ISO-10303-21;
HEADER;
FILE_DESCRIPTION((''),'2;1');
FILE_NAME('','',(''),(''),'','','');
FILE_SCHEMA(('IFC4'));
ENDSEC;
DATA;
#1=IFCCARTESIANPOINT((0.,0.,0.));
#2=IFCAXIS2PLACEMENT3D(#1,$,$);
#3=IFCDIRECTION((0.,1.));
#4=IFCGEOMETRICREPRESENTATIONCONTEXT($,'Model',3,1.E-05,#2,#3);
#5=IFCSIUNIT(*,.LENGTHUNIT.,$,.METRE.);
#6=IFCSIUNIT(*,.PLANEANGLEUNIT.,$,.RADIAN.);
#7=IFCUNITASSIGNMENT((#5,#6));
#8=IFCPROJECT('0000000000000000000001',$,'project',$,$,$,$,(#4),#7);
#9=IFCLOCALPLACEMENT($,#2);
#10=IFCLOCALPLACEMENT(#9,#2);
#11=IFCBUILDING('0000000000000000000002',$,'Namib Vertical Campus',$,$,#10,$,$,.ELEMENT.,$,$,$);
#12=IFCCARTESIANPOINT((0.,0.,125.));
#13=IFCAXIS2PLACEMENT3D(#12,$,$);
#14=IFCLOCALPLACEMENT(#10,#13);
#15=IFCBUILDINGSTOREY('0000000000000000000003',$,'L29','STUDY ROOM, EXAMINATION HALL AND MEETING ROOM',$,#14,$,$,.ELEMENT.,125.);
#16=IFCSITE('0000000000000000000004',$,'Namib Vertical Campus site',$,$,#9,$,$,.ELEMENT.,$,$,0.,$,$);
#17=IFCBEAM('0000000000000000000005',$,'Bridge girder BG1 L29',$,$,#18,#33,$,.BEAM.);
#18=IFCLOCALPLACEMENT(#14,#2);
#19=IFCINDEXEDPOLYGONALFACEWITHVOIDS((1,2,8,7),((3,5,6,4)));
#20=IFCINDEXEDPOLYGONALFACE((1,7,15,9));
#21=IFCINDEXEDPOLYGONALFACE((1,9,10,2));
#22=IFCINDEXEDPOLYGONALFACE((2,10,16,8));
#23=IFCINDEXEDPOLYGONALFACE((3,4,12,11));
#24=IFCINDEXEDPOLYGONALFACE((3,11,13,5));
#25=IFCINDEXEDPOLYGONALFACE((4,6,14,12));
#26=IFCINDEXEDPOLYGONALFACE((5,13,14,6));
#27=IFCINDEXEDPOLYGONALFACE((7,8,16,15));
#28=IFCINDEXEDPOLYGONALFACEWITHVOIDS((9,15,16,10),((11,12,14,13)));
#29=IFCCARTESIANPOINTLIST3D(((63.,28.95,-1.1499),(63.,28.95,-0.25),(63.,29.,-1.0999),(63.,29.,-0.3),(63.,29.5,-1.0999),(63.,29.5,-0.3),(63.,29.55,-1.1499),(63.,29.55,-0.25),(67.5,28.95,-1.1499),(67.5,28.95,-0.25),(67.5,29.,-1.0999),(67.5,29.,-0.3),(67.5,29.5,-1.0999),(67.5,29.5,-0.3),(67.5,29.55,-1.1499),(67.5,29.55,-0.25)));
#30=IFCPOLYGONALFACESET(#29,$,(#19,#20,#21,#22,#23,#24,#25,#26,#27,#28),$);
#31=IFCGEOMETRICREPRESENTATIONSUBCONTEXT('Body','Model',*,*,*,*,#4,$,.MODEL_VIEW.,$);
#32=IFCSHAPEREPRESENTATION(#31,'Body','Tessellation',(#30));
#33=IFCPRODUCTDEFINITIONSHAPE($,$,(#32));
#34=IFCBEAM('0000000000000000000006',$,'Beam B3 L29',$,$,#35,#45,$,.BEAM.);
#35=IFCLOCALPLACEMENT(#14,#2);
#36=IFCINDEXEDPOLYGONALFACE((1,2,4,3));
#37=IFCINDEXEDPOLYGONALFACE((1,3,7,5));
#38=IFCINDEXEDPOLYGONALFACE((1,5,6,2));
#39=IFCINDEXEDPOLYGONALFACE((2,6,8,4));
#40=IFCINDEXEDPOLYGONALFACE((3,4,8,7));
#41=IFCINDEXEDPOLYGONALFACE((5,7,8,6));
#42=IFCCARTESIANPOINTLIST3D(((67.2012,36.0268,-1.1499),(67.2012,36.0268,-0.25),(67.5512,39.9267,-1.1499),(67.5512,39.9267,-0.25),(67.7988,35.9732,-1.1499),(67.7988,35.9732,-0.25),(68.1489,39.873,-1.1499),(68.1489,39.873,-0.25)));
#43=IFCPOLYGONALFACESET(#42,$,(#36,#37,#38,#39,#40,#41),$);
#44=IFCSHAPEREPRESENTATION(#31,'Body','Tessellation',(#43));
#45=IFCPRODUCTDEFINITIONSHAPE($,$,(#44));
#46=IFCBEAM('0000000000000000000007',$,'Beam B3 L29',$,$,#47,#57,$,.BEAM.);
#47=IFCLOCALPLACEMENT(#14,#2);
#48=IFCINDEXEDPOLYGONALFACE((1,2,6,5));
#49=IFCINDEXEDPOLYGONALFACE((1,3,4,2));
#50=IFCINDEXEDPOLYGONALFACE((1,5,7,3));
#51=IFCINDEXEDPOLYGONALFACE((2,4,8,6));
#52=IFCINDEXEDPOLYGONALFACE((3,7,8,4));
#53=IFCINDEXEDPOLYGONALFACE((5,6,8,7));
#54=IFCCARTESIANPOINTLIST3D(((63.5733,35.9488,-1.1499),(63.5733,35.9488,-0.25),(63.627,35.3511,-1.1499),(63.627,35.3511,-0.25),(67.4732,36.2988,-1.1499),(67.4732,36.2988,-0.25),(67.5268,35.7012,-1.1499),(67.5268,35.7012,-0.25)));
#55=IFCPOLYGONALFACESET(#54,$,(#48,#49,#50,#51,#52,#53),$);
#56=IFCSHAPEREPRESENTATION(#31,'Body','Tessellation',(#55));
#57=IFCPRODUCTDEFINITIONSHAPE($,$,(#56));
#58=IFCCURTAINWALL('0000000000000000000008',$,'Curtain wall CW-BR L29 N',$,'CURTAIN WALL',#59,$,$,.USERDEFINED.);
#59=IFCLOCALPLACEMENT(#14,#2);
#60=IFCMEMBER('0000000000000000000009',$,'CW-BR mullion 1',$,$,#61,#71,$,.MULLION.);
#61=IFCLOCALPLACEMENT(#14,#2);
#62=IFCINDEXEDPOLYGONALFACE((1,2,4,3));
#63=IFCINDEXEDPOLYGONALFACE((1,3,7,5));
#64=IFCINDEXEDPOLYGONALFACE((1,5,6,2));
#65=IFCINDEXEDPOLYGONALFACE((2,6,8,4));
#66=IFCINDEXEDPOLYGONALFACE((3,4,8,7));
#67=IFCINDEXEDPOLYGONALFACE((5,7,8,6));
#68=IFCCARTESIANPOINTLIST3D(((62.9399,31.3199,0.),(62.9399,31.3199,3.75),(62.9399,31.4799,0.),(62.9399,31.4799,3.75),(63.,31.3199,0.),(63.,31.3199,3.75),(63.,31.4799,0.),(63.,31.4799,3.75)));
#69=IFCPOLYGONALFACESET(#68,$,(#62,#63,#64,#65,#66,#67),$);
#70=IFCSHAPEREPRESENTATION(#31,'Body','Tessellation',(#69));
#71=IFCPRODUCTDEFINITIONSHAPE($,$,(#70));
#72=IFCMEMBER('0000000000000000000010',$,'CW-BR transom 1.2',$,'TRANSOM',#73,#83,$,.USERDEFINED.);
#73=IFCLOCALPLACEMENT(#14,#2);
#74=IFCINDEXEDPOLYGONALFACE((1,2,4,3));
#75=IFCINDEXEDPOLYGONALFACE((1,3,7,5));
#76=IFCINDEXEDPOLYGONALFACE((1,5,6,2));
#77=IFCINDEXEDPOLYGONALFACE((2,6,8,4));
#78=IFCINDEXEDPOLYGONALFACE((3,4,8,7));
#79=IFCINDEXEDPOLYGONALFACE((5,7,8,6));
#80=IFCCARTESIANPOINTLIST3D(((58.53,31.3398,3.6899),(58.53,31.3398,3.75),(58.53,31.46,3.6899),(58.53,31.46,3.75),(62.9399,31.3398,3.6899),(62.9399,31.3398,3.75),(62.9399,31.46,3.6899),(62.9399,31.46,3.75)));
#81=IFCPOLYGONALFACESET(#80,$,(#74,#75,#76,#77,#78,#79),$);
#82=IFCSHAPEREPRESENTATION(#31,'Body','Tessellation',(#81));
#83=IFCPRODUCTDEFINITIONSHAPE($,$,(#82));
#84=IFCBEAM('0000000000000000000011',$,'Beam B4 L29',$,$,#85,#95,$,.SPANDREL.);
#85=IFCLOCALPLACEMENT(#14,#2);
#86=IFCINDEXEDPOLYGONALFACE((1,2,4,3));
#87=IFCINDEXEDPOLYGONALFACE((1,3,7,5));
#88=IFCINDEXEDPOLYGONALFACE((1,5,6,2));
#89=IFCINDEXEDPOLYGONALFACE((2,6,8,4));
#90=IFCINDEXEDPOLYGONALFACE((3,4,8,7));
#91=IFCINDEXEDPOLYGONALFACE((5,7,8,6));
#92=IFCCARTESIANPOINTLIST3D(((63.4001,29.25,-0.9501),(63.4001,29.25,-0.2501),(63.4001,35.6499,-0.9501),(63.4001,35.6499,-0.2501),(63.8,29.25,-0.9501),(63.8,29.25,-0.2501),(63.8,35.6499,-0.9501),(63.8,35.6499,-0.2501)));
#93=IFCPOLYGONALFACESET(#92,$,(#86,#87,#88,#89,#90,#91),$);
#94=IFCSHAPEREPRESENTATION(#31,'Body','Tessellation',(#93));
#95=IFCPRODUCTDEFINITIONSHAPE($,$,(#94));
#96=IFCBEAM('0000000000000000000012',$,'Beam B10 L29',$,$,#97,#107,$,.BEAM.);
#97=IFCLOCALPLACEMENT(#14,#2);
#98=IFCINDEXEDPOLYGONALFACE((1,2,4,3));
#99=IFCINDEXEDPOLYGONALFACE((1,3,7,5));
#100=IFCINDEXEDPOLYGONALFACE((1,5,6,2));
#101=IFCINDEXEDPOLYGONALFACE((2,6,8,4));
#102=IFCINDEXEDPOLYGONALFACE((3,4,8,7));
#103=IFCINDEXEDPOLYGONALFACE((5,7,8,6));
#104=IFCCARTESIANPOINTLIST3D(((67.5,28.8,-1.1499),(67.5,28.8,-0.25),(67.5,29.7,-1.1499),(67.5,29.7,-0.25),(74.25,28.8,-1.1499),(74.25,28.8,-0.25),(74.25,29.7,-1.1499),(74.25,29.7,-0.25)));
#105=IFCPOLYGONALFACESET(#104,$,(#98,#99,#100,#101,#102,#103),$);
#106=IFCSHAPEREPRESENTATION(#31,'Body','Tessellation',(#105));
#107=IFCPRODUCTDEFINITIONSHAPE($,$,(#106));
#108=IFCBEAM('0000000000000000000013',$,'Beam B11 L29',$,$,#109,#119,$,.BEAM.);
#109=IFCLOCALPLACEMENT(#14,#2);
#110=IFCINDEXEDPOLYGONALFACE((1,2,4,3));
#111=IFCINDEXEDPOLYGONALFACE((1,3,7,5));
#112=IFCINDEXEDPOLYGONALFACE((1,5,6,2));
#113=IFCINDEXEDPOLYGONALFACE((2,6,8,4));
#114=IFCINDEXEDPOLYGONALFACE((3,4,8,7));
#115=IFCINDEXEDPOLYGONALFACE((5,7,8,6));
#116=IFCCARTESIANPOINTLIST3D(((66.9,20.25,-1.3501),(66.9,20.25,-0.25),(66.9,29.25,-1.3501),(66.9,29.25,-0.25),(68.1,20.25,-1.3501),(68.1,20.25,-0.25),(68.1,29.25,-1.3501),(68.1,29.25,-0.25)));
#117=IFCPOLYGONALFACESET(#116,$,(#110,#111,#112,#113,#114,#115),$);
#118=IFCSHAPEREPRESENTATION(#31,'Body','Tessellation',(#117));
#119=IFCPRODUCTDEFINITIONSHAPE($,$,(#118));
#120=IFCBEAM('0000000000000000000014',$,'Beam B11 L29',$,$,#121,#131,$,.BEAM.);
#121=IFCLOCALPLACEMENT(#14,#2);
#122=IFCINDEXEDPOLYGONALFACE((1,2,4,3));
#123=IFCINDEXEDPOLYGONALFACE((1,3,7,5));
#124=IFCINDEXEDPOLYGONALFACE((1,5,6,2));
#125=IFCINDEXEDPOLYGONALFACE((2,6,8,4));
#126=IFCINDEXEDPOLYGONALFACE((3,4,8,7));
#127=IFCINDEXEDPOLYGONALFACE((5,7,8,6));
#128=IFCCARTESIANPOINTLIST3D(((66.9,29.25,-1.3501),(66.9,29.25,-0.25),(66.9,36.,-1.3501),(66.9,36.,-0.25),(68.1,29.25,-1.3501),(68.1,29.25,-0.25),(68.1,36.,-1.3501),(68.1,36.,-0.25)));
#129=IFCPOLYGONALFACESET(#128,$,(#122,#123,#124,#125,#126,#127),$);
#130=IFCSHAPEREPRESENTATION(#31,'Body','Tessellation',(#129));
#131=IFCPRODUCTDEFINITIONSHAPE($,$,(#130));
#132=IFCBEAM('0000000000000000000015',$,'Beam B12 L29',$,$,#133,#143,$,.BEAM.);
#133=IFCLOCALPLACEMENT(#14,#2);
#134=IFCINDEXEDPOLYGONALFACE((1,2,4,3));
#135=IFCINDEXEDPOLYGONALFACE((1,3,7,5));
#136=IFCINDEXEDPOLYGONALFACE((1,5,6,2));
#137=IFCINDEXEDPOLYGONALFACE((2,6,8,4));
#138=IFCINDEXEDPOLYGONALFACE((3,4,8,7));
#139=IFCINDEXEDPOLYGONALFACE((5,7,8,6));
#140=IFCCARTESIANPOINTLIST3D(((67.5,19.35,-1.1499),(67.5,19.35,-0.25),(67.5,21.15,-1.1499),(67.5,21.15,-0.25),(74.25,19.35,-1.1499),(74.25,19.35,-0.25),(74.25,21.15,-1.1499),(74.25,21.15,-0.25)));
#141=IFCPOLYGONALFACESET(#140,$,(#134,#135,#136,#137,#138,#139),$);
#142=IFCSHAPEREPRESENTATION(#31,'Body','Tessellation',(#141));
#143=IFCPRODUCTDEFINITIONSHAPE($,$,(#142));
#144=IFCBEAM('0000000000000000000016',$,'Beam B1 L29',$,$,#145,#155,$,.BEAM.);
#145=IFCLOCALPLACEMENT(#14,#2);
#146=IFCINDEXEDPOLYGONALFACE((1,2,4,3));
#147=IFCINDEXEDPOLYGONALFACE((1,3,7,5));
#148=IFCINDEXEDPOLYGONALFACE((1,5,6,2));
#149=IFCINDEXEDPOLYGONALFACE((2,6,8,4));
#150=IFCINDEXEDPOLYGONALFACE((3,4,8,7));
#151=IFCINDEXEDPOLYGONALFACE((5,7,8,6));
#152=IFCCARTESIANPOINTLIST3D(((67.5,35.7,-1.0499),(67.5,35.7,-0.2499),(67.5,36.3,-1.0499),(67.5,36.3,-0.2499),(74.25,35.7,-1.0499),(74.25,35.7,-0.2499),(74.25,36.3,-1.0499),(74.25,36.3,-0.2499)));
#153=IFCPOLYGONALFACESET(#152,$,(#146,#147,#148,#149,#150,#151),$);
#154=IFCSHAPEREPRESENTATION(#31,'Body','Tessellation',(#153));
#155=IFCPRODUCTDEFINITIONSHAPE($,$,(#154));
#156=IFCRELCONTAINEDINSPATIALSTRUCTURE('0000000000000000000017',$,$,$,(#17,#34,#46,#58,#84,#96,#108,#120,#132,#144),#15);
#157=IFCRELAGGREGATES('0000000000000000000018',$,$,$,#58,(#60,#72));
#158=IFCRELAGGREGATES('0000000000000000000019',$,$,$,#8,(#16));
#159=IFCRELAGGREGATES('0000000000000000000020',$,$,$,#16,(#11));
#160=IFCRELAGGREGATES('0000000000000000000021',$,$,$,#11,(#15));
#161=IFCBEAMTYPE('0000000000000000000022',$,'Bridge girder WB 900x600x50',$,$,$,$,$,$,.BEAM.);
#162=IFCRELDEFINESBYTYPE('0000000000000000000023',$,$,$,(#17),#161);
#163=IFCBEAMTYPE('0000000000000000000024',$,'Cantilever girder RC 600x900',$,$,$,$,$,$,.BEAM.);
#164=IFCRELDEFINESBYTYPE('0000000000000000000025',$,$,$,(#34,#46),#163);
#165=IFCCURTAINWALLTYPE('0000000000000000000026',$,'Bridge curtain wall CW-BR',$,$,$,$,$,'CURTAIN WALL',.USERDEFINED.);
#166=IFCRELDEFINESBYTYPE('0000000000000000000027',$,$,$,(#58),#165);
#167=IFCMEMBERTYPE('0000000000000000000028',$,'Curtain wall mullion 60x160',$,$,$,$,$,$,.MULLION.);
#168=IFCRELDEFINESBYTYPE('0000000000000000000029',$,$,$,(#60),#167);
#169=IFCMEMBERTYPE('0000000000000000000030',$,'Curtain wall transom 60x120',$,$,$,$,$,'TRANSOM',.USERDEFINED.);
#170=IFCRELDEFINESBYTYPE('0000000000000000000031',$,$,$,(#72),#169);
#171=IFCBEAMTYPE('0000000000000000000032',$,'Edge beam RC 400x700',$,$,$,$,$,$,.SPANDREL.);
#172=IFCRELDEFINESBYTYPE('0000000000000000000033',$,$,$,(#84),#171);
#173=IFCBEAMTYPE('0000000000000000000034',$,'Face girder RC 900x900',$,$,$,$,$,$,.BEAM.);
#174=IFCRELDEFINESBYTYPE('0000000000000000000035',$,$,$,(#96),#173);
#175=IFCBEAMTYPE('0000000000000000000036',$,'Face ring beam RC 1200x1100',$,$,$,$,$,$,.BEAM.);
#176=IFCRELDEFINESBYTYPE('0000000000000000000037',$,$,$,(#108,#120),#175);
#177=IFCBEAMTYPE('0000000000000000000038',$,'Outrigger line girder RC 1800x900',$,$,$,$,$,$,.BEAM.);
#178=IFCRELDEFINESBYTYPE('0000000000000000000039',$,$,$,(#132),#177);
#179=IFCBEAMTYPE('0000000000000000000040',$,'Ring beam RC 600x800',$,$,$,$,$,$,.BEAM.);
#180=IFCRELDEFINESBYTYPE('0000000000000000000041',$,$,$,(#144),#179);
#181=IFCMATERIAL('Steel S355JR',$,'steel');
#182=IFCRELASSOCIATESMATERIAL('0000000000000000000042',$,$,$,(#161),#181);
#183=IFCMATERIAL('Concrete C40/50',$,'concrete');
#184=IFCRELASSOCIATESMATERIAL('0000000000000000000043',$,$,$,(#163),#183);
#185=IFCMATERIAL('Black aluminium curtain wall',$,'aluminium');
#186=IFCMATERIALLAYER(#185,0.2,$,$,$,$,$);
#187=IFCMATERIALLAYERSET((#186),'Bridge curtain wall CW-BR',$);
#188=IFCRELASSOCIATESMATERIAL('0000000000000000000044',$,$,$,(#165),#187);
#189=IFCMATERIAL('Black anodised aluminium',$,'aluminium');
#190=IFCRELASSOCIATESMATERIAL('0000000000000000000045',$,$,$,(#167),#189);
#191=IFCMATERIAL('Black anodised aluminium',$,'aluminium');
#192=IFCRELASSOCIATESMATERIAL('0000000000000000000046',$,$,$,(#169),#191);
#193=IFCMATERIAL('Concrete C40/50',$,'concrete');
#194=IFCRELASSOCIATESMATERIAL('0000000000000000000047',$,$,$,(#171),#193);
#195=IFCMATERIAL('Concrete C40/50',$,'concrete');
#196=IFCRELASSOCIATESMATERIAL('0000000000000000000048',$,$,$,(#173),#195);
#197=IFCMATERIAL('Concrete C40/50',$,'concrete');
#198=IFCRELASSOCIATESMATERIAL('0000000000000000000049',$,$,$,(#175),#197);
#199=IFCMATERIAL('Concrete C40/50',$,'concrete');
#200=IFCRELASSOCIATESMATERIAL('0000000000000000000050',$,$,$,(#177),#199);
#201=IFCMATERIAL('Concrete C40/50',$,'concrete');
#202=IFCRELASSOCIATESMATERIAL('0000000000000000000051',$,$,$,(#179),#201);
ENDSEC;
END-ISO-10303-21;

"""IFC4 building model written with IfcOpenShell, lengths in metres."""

from ifc_helpers import new_model, si_unit, direction, frame, origin, origin_2d, place, context, subcontext, project, spatial, rectangle, hollow_rectangle, extrude, material, layer, layer_set, material_profile, profile_set, type_object, element, aggregate, save


model = new_model("IFC4")

# Units and contexts
model_context = context("Model", 3, precision=1e-05, world=origin(), true_north=direction((0.0, 1.0)))
body_context = subcontext(model_context, "Body", "Model", "MODEL_VIEW")
ifc_project = project(units=[si_unit("LENGTHUNIT", "METRE"), si_unit("PLANEANGLEUNIT", "RADIAN")], contexts=[model_context])

# Site, building, storey
site_placement = place(None, origin())
site = spatial("IfcSite", under=ifc_project, at=site_placement, Name="Namib Vertical Campus site", CompositionType="ELEMENT", RefElevation=0.0)
building_placement = place(site_placement, origin())
building = spatial("IfcBuilding", under=site, at=building_placement, Name="Namib Vertical Campus", CompositionType="ELEMENT")
storey_placement = place(building_placement, frame((0.0, 0.0, 125.0)))
storey = spatial("IfcBuildingStorey", under=building, at=storey_placement, Name="L29", Description="STUDY ROOM, EXAMINATION HALL AND MEETING ROOM", CompositionType="ELEMENT", Elevation=125.0)

# Beams
ifc_material_1 = material(Name="Steel S355JR", Category="steel")
ifc_material_profile_1 = material_profile(ifc_material_1, hollow_rectangle(XDim=0.6001, YDim=0.8999, WallThickness=0.05, at=origin_2d()))
ifc_profile_set_1 = profile_set([ifc_material_profile_1], Name="Steel S355JR")
beam_type_1 = type_object("IfcBeamType", Name="Bridge girder WB 900x600x50", PredefinedType="BEAM", material=ifc_profile_set_1)
for number, where, z_axis, x_axis, name in (
    (1, (63.0, 29.25, -0.7), (1.0, 0.0, 0.0), (0.0, 1.0, 0.0), "Bridge girder BG1 L29"),
):
    element("IfcBeam", number, at=place(storey_placement, frame(where, z_axis=z_axis, x_axis=x_axis)), inside=storey, type_object=beam_type_1, Name=name, PredefinedType="BEAM", context=body_context, shape_type="SweptSolid", body=[
        extrude(hollow_rectangle(XDim=0.6001, YDim=0.8999, WallThickness=0.05, at=origin_2d()), origin(), (0.0, 0.0, 1.0), 4.5),
    ])
ifc_material_2 = material(Name="Concrete C40/50", Category="concrete")
ifc_material_profile_2 = material_profile(ifc_material_2, rectangle(XDim=0.6001, YDim=0.8999, at=origin_2d()))
ifc_profile_set_2 = profile_set([ifc_material_profile_2], Name="Concrete C40/50")
beam_type_2 = type_object("IfcBeamType", Name="Cantilever girder RC 600x900", PredefinedType="BEAM", material=ifc_profile_set_2)
for number, where, z_axis, x_axis, name in (
    (2, (67.5, 36.0, -0.7), (0.089411, 0.995995, 0.0), (-0.995995, 0.089411, 0.0), "Beam B3 L29"),
    (3, (67.5, 36.0, -0.7), (-0.995995, -0.089411, 0.0), (0.089411, -0.995995, 0.0), "Beam B3 L29"),
):
    element("IfcBeam", number, at=place(storey_placement, frame(where, z_axis=z_axis, x_axis=x_axis)), inside=storey, type_object=beam_type_2, Name=name, PredefinedType="BEAM", context=body_context, shape_type="SweptSolid", body=[
        extrude(rectangle(XDim=0.6001, YDim=0.8999, at=origin_2d()), origin(), (0.0, 0.0, 1.0), 3.9155),
    ])

# Curtain wall, members
ifc_material_3 = material(Name="Black aluminium curtain wall", Category="aluminium")
ifc_layer_1 = layer(ifc_material_3, 0.2)
ifc_layer_set_1 = layer_set([ifc_layer_1], Name="Bridge curtain wall CW-BR")
curtain_wall_type = type_object("IfcCurtainWallType", Name="Bridge curtain wall CW-BR", ElementType="CURTAIN WALL", PredefinedType="USERDEFINED", material=ifc_layer_set_1)
curtain_wall_placement = place(storey_placement, origin())
curtain_wall = element("IfcCurtainWall", 4, at=curtain_wall_placement, inside=storey, type_object=curtain_wall_type, Name="Curtain wall CW-BR L29 N", ObjectType="CURTAIN WALL", PredefinedType="USERDEFINED")
ifc_material_4 = material(Name="Black anodised aluminium", Category="aluminium")
ifc_material_profile_3 = material_profile(ifc_material_4, rectangle(XDim=0.0601, YDim=0.1599, at=origin_2d()))
ifc_profile_set_3 = profile_set([ifc_material_profile_3], Name="Black anodised aluminium")
member_type_1 = type_object("IfcMemberType", Name="Curtain wall mullion 60x160", PredefinedType="MULLION", material=ifc_profile_set_3)
member_1_placement = place(storey_placement, frame((62.97, 31.3999, 0.0), z_axis=(0.0, 0.0, 1.0), x_axis=(-1.0, 0.0, 0.0)))
member_1 = element("IfcMember", 5, at=member_1_placement, type_object=member_type_1, Name="CW-BR mullion 1", PredefinedType="MULLION", context=body_context, shape_type="SweptSolid", body=[
    extrude(rectangle(XDim=0.0601, YDim=0.1599, at=origin_2d()), origin(), (0.0, 0.0, 1.0), 3.75),
])
ifc_material_5 = material(Name="Black anodised aluminium", Category="aluminium")
ifc_material_profile_4 = material_profile(ifc_material_5, rectangle(XDim=0.0601, YDim=0.1201, at=origin_2d()))
ifc_profile_set_4 = profile_set([ifc_material_profile_4], Name="Black anodised aluminium")
member_type_2 = type_object("IfcMemberType", Name="Curtain wall transom 60x120", ElementType="TRANSOM", PredefinedType="USERDEFINED", material=ifc_profile_set_4)
member_2_placement = place(storey_placement, frame((62.9399, 31.3999, 3.72), z_axis=(-1.0, 0.0, 0.0), x_axis=(0.0, 0.0, 1.0)))
member_2 = element("IfcMember", 6, at=member_2_placement, type_object=member_type_2, Name="CW-BR transom 1.2", ObjectType="TRANSOM", PredefinedType="USERDEFINED", context=body_context, shape_type="SweptSolid", body=[
    extrude(rectangle(XDim=0.0601, YDim=0.1201, at=origin_2d()), origin(), (0.0, 0.0, 1.0), 4.4099),
])
aggregate(curtain_wall, [member_1, member_2])

# Beams
ifc_material_6 = material(Name="Concrete C40/50", Category="concrete")
ifc_material_profile_5 = material_profile(ifc_material_6, rectangle(XDim=0.3999, YDim=0.7, at=origin_2d()))
ifc_profile_set_5 = profile_set([ifc_material_profile_5], Name="Concrete C40/50")
beam_type_3 = type_object("IfcBeamType", Name="Edge beam RC 400x700", PredefinedType="SPANDREL", material=ifc_profile_set_5)
beam_1_placement = place(storey_placement, frame((63.6001, 29.25, -0.6001), z_axis=(0.0, 1.0, 0.0), x_axis=(-1.0, 0.0, 0.0)))
element("IfcBeam", 7, at=beam_1_placement, inside=storey, type_object=beam_type_3, Name="Beam B4 L29", PredefinedType="SPANDREL", context=body_context, shape_type="SweptSolid", body=[
    extrude(rectangle(XDim=0.3999, YDim=0.7, at=origin_2d()), origin(), (0.0, 0.0, 1.0), 6.3999),
])
ifc_material_7 = material(Name="Concrete C40/50", Category="concrete")
ifc_material_profile_6 = material_profile(ifc_material_7, rectangle(XDim=0.8999, YDim=0.8999, at=origin_2d()))
ifc_profile_set_6 = profile_set([ifc_material_profile_6], Name="Concrete C40/50")
beam_type_4 = type_object("IfcBeamType", Name="Face girder RC 900x900", PredefinedType="BEAM", material=ifc_profile_set_6)
beam_2_placement = place(storey_placement, frame((67.5, 29.25, -0.7), z_axis=(1.0, 0.0, 0.0), x_axis=(0.0, 1.0, 0.0)))
element("IfcBeam", 8, at=beam_2_placement, inside=storey, type_object=beam_type_4, Name="Beam B10 L29", PredefinedType="BEAM", context=body_context, shape_type="SweptSolid", body=[
    extrude(rectangle(XDim=0.8999, YDim=0.8999, at=origin_2d()), origin(), (0.0, 0.0, 1.0), 6.75),
])
ifc_material_8 = material(Name="Concrete C40/50", Category="concrete")
ifc_material_profile_7 = material_profile(ifc_material_8, rectangle(XDim=1.2, YDim=1.1001, at=origin_2d()))
ifc_profile_set_7 = profile_set([ifc_material_profile_7], Name="Concrete C40/50")
beam_type_5 = type_object("IfcBeamType", Name="Face ring beam RC 1200x1100", PredefinedType="BEAM", material=ifc_profile_set_7)
beam_3_placement = place(storey_placement, frame((67.5, 20.25, -0.8), z_axis=(0.0, 1.0, 0.0), x_axis=(-1.0, 0.0, 0.0)))
element("IfcBeam", 9, at=beam_3_placement, inside=storey, type_object=beam_type_5, Name="Beam B11 L29", PredefinedType="BEAM", context=body_context, shape_type="SweptSolid", body=[
    extrude(rectangle(XDim=1.2, YDim=1.1001, at=origin_2d()), origin(), (0.0, 0.0, 1.0), 9.0),
])
beam_4_placement = place(storey_placement, frame((67.5, 29.25, -0.8), z_axis=(0.0, 1.0, 0.0), x_axis=(-1.0, 0.0, 0.0)))
element("IfcBeam", 10, at=beam_4_placement, inside=storey, type_object=beam_type_5, Name="Beam B11 L29", PredefinedType="BEAM", context=body_context, shape_type="SweptSolid", body=[
    extrude(rectangle(XDim=1.2, YDim=1.1001, at=origin_2d()), origin(), (0.0, 0.0, 1.0), 6.75),
])
ifc_material_9 = material(Name="Concrete C40/50", Category="concrete")
ifc_material_profile_8 = material_profile(ifc_material_9, rectangle(XDim=1.8, YDim=0.8999, at=origin_2d()))
ifc_profile_set_8 = profile_set([ifc_material_profile_8], Name="Concrete C40/50")
beam_type_6 = type_object("IfcBeamType", Name="Outrigger line girder RC 1800x900", PredefinedType="BEAM", material=ifc_profile_set_8)
beam_5_placement = place(storey_placement, frame((67.5, 20.25, -0.7), z_axis=(1.0, 0.0, 0.0), x_axis=(0.0, 1.0, 0.0)))
element("IfcBeam", 11, at=beam_5_placement, inside=storey, type_object=beam_type_6, Name="Beam B12 L29", PredefinedType="BEAM", context=body_context, shape_type="SweptSolid", body=[
    extrude(rectangle(XDim=1.8, YDim=0.8999, at=origin_2d()), origin(), (0.0, 0.0, 1.0), 6.75),
])
ifc_material_10 = material(Name="Concrete C40/50", Category="concrete")
ifc_material_profile_9 = material_profile(ifc_material_10, rectangle(XDim=0.6001, YDim=0.8, at=origin_2d()))
ifc_profile_set_9 = profile_set([ifc_material_profile_9], Name="Concrete C40/50")
beam_type_7 = type_object("IfcBeamType", Name="Ring beam RC 600x800", PredefinedType="BEAM", material=ifc_profile_set_9)
beam_6_placement = place(storey_placement, frame((67.5, 36.0, -0.6499), z_axis=(1.0, 0.0, 0.0), x_axis=(0.0, 1.0, 0.0)))
element("IfcBeam", 12, at=beam_6_placement, inside=storey, type_object=beam_type_7, Name="Beam B1 L29", PredefinedType="BEAM", context=body_context, shape_type="SweptSolid", body=[
    extrude(rectangle(XDim=0.6001, YDim=0.8, at=origin_2d()), origin(), (0.0, 0.0, 1.0), 6.75),
])

save(model, "model.ifc")
